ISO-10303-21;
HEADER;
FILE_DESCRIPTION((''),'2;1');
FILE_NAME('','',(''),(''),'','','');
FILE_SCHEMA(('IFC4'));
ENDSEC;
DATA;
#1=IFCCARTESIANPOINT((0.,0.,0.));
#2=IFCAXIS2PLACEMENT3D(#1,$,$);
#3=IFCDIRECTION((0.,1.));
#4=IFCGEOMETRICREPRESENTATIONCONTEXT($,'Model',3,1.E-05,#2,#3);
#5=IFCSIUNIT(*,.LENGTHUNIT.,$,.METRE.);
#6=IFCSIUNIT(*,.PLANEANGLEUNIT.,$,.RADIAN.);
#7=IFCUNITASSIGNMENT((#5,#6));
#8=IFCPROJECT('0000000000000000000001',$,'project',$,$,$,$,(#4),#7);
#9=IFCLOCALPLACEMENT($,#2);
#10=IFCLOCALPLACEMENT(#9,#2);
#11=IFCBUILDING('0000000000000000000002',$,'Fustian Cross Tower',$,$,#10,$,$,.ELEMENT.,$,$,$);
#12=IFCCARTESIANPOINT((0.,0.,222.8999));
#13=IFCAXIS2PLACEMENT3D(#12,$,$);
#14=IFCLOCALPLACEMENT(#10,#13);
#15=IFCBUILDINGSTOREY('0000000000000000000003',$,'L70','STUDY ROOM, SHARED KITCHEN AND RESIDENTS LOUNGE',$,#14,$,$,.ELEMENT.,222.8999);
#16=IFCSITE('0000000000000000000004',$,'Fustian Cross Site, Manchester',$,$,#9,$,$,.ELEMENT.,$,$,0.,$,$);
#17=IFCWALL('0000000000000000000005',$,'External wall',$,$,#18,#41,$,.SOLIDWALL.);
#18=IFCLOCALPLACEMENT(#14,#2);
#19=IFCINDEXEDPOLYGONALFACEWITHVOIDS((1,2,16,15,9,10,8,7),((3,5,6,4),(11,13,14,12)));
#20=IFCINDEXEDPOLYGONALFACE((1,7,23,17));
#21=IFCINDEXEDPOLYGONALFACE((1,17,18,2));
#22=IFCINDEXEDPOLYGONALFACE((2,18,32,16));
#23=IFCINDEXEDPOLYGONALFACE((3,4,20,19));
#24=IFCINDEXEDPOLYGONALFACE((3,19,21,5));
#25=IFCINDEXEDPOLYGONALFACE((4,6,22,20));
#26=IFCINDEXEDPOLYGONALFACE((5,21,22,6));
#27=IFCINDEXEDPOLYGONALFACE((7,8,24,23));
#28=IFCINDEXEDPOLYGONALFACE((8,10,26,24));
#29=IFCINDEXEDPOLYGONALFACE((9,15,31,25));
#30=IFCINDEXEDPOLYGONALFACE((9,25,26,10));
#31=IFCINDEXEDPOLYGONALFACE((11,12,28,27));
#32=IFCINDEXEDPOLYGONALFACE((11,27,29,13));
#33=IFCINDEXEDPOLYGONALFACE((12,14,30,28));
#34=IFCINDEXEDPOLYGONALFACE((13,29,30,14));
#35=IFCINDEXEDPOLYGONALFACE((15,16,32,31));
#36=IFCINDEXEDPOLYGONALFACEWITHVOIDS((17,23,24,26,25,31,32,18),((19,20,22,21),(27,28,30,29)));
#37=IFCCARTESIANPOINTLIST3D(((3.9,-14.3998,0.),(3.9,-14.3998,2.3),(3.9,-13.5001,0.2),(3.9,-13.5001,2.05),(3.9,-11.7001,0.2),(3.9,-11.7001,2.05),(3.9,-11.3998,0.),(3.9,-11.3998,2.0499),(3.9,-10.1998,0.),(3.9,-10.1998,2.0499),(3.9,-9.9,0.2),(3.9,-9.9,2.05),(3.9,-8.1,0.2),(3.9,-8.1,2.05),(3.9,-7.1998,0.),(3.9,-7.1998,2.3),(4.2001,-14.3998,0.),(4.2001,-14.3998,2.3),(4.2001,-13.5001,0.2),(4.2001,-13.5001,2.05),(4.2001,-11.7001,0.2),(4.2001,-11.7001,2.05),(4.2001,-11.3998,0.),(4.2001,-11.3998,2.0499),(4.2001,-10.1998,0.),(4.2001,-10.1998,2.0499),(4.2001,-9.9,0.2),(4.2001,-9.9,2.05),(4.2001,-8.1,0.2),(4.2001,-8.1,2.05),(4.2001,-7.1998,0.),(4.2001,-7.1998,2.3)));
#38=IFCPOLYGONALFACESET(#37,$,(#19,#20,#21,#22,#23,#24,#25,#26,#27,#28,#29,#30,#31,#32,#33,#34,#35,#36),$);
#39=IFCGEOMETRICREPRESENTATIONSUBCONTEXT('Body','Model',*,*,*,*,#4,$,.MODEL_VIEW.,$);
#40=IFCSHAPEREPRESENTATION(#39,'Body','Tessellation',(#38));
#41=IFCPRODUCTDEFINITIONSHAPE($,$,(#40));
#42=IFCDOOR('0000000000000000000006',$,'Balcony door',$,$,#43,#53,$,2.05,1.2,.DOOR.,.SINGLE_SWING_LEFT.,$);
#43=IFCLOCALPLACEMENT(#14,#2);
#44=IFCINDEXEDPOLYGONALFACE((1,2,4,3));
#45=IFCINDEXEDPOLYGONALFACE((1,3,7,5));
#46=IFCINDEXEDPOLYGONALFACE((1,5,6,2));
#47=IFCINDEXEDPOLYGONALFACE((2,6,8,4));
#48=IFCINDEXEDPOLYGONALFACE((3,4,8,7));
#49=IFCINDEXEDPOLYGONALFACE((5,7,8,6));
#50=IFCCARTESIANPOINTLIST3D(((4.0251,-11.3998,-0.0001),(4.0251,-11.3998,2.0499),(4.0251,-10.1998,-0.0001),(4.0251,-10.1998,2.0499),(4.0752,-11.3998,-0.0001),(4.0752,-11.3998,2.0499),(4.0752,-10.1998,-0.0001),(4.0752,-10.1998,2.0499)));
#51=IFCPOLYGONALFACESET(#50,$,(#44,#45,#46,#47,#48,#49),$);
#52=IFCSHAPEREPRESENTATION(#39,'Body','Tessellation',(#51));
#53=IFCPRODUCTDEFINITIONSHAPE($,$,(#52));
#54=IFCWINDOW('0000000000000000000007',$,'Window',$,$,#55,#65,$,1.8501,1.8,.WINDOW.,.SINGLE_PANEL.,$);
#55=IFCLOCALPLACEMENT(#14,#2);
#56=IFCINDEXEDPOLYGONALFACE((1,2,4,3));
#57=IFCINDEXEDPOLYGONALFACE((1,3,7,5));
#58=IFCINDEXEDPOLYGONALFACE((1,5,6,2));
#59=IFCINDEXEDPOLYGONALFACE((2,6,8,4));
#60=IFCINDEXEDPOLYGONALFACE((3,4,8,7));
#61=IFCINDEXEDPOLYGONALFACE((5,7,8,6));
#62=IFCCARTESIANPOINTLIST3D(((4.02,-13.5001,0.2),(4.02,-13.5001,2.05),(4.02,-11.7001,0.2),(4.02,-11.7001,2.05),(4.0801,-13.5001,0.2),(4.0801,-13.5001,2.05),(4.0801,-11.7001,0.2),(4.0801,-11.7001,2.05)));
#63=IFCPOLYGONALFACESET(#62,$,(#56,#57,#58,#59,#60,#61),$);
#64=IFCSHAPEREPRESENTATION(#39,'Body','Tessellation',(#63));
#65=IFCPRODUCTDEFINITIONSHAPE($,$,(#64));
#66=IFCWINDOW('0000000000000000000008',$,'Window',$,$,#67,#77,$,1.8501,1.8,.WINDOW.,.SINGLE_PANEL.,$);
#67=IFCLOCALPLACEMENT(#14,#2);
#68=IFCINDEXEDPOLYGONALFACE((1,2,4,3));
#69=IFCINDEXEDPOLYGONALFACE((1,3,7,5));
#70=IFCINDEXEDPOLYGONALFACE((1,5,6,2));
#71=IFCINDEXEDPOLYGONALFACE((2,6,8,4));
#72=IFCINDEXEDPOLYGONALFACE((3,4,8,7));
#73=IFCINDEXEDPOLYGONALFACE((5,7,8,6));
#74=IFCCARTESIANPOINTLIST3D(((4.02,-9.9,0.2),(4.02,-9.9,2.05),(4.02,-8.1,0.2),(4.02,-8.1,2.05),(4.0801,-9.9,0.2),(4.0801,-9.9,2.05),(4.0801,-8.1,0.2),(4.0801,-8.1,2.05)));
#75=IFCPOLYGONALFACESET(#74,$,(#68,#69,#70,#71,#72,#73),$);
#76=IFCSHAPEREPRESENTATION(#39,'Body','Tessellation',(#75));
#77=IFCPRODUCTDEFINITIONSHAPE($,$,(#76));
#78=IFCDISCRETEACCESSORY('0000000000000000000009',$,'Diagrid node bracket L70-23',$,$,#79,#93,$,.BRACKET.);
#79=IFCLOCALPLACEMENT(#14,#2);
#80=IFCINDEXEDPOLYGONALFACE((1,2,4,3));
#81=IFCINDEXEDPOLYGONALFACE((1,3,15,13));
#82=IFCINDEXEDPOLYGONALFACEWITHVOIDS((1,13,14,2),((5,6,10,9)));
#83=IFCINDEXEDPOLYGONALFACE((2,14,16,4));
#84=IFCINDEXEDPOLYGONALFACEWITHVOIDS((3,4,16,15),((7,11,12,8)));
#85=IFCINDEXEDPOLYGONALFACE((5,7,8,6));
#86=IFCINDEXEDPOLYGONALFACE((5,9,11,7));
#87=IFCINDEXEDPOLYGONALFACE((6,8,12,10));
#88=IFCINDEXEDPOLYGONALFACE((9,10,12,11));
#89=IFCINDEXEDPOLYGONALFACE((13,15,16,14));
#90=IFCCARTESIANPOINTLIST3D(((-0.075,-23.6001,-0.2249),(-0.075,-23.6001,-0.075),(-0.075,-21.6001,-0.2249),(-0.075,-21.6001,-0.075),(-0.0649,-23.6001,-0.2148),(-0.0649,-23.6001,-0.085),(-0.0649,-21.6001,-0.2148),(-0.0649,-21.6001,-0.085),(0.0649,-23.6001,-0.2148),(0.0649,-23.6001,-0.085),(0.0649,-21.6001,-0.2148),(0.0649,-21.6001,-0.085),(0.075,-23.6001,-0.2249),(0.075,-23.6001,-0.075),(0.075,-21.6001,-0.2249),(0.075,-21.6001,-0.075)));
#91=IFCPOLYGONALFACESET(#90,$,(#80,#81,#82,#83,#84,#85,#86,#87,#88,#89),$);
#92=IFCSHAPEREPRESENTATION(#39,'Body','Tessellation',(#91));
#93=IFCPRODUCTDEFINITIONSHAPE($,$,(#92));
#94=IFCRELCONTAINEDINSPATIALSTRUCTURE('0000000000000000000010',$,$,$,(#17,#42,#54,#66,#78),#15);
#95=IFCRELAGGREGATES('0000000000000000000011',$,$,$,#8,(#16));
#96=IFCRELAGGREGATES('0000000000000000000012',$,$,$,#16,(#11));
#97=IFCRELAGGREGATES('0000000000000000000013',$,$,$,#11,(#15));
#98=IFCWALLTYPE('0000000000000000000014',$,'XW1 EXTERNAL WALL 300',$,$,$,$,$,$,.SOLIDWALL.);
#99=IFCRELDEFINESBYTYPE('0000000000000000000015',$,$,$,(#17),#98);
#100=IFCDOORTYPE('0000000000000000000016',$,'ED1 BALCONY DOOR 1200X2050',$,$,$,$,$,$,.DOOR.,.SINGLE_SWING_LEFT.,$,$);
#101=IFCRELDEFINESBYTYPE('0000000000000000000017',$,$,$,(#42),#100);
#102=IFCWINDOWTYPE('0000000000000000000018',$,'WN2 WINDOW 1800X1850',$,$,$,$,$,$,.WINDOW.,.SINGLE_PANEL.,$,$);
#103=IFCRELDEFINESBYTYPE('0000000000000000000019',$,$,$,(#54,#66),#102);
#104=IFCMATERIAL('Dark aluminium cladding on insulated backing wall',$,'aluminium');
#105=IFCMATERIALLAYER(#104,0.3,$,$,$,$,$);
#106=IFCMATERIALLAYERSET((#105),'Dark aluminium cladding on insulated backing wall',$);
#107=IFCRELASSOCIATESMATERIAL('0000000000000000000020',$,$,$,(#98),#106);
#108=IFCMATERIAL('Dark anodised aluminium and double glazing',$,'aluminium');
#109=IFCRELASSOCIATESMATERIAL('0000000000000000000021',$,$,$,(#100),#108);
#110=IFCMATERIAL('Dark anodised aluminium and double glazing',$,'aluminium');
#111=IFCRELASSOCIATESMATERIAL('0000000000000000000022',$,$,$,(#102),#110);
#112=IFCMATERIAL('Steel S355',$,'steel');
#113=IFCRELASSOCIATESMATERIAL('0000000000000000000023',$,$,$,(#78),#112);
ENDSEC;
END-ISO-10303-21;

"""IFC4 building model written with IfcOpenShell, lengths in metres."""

from ifc_helpers import new_model, si_unit, direction, frame, frame_2d, origin, origin_2d, place, context, subcontext, project, spatial, rectangle, hollow_rectangle, extrude, material, layer, layer_set, type_object, element, fill, save


model = new_model("IFC4")

# Units and contexts
model_context = context("Model", 3, precision=1e-05, world=origin(), true_north=direction((0.0, 1.0)))
body_context = subcontext(model_context, "Body", "Model", "MODEL_VIEW")
ifc_project = project(units=[si_unit("LENGTHUNIT", "METRE"), si_unit("PLANEANGLEUNIT", "RADIAN")], contexts=[model_context])

# Site, building, storey
site_placement = place(None, origin())
site = spatial("IfcSite", under=ifc_project, at=site_placement, Name="Fustian Cross Site, Manchester", CompositionType="ELEMENT", RefElevation=0.0)
building_placement = place(site_placement, origin())
building = spatial("IfcBuilding", under=site, at=building_placement, Name="Fustian Cross Tower", CompositionType="ELEMENT")
storey_placement = place(building_placement, frame((0.0, 0.0, 222.8999)))
storey = spatial("IfcBuildingStorey", under=building, at=storey_placement, Name="L70", Description="STUDY ROOM, SHARED KITCHEN AND RESIDENTS LOUNGE", CompositionType="ELEMENT", Elevation=222.8999)

# Shared definitions
ifc_material_1 = material(Name="Dark aluminium cladding on insulated backing wall", Category="aluminium")
ifc_layer_1 = layer(ifc_material_1, 0.3)
ifc_layer_set_1 = layer_set([ifc_layer_1], Name="Dark aluminium cladding on insulated backing wall")
wall_type_1 = type_object("IfcWallType", Name="XW1 EXTERNAL WALL 300", PredefinedType="SOLIDWALL", material=ifc_layer_set_1)

# Wall, openings, door, windows
wall_1_placement = place(storey_placement, frame((4.05, -14.3999, 0.0), z_axis=(0.0, 0.0, 1.0), x_axis=(0.0, 1.0, 0.0)))
wall_1 = element("IfcWall", 1, at=wall_1_placement, inside=storey, type_object=wall_type_1, Name="External wall", PredefinedType="SOLIDWALL", context=body_context, shape_type="SweptSolid", body=[
    extrude(rectangle(XDim=7.2, YDim=0.3, at=frame_2d((3.6001, 0.0))), origin(), (0.0, 0.0, 1.0), 2.3),
])
opening_1_placement = place(wall_1_placement, frame((3.0, 0.0, 0.0)))
opening_1 = element("IfcOpeningElement", 2, at=opening_1_placement, cuts=wall_1, PredefinedType="OPENING", context=body_context, shape_type="SweptSolid", body=[
    extrude(rectangle(XDim=1.2, YDim=2.05, at=frame_2d((0.6001, 1.0249))), frame((0.0, 0.1599, 0.0), z_axis=(0.0, -1.0, 0.0), x_axis=(1.0, 0.0, 0.0)), (0.0, 0.0, 1.0), 0.3201),
])
opening_2_placement = place(wall_1_placement, frame((0.8999, 0.0, 0.2)))
opening_2 = element("IfcOpeningElement", 3, at=opening_2_placement, cuts=wall_1, PredefinedType="OPENING", context=body_context, shape_type="SweptSolid", body=[
    extrude(rectangle(XDim=1.8, YDim=1.8501, at=frame_2d((0.8999, 0.925))), frame((0.0, 0.1599, 0.0), z_axis=(0.0, -1.0, 0.0), x_axis=(1.0, 0.0, 0.0)), (0.0, 0.0, 1.0), 0.3201),
])
opening_3_placement = place(wall_1_placement, frame((4.5, 0.0, 0.2)))
opening_3 = element("IfcOpeningElement", 4, at=opening_3_placement, cuts=wall_1, PredefinedType="OPENING", context=body_context, shape_type="SweptSolid", body=[
    extrude(rectangle(XDim=1.8, YDim=1.8501, at=frame_2d((0.8999, 0.925))), frame((0.0, 0.1599, 0.0), z_axis=(0.0, -1.0, 0.0), x_axis=(1.0, 0.0, 0.0)), (0.0, 0.0, 1.0), 0.3201),
])
ifc_material_2 = material(Name="Dark anodised aluminium and double glazing", Category="aluminium")
door_type_1 = type_object("IfcDoorType", Name="ED1 BALCONY DOOR 1200X2050", OperationType="SINGLE_SWING_LEFT", PredefinedType="DOOR", material=ifc_material_2)
door_1_placement = place(opening_1_placement, origin())
door_1 = element("IfcDoor", 5, at=door_1_placement, inside=storey, type_object=door_type_1, Name="Balcony door", OperationType="SINGLE_SWING_LEFT", OverallHeight=2.05, OverallWidth=1.2, PredefinedType="DOOR", context=body_context, shape_type="SweptSolid", body=[
    extrude(rectangle(XDim=1.2, YDim=2.05, at=frame_2d((0.6001, 1.0249))), frame((0.0, 0.0249, 0.0), z_axis=(0.0, -1.0, 0.0), x_axis=(1.0, 0.0, 0.0)), (0.0, 0.0, 1.0), 0.05),
])
fill(opening_1, door_1)
ifc_material_3 = material(Name="Dark anodised aluminium and double glazing", Category="aluminium")
window_type = type_object("IfcWindowType", Name="WN2 WINDOW 1800X1850", PartitioningType="SINGLE_PANEL", PredefinedType="WINDOW", material=ifc_material_3)
window_1_placement = place(opening_2_placement, origin())
window_1 = element("IfcWindow", 6, at=window_1_placement, inside=storey, type_object=window_type, Name="Window", OverallHeight=1.8501, OverallWidth=1.8, PartitioningType="SINGLE_PANEL", PredefinedType="WINDOW", context=body_context, shape_type="SweptSolid", body=[
    extrude(rectangle(XDim=1.8, YDim=1.8501, at=frame_2d((0.8999, 0.925))), frame((0.0, 0.03, 0.0), z_axis=(0.0, -1.0, 0.0), x_axis=(1.0, 0.0, 0.0)), (0.0, 0.0, 1.0), 0.0601),
])
fill(opening_2, window_1)
window_2_placement = place(opening_3_placement, origin())
window_2 = element("IfcWindow", 7, at=window_2_placement, inside=storey, type_object=window_type, Name="Window", OverallHeight=1.8501, OverallWidth=1.8, PartitioningType="SINGLE_PANEL", PredefinedType="WINDOW", context=body_context, shape_type="SweptSolid", body=[
    extrude(rectangle(XDim=1.8, YDim=1.8501, at=frame_2d((0.8999, 0.925))), frame((0.0, 0.03, 0.0), z_axis=(0.0, -1.0, 0.0), x_axis=(1.0, 0.0, 0.0)), (0.0, 0.0, 1.0), 0.0601),
])
fill(opening_3, window_2)

# Discrete accessory
ifc_material_4 = material(Name="Steel S355", Category="steel")
discrete_accessory_placement = place(storey_placement, frame((0.0, -23.6001, -0.1499), z_axis=(0.0, 1.0, 0.0), x_axis=(-1.0, 0.0, 0.0)))
element("IfcDiscreteAccessory", 8, at=discrete_accessory_placement, inside=storey, material=ifc_material_4, Name="Diagrid node bracket L70-23", PredefinedType="BRACKET", context=body_context, shape_type="SweptSolid", body=[
    extrude(hollow_rectangle(XDim=0.1499, YDim=0.1499, WallThickness=0.01, at=origin_2d()), origin(), (0.0, 0.0, 1.0), 2.0),
])

save(model, "model.ifc")
